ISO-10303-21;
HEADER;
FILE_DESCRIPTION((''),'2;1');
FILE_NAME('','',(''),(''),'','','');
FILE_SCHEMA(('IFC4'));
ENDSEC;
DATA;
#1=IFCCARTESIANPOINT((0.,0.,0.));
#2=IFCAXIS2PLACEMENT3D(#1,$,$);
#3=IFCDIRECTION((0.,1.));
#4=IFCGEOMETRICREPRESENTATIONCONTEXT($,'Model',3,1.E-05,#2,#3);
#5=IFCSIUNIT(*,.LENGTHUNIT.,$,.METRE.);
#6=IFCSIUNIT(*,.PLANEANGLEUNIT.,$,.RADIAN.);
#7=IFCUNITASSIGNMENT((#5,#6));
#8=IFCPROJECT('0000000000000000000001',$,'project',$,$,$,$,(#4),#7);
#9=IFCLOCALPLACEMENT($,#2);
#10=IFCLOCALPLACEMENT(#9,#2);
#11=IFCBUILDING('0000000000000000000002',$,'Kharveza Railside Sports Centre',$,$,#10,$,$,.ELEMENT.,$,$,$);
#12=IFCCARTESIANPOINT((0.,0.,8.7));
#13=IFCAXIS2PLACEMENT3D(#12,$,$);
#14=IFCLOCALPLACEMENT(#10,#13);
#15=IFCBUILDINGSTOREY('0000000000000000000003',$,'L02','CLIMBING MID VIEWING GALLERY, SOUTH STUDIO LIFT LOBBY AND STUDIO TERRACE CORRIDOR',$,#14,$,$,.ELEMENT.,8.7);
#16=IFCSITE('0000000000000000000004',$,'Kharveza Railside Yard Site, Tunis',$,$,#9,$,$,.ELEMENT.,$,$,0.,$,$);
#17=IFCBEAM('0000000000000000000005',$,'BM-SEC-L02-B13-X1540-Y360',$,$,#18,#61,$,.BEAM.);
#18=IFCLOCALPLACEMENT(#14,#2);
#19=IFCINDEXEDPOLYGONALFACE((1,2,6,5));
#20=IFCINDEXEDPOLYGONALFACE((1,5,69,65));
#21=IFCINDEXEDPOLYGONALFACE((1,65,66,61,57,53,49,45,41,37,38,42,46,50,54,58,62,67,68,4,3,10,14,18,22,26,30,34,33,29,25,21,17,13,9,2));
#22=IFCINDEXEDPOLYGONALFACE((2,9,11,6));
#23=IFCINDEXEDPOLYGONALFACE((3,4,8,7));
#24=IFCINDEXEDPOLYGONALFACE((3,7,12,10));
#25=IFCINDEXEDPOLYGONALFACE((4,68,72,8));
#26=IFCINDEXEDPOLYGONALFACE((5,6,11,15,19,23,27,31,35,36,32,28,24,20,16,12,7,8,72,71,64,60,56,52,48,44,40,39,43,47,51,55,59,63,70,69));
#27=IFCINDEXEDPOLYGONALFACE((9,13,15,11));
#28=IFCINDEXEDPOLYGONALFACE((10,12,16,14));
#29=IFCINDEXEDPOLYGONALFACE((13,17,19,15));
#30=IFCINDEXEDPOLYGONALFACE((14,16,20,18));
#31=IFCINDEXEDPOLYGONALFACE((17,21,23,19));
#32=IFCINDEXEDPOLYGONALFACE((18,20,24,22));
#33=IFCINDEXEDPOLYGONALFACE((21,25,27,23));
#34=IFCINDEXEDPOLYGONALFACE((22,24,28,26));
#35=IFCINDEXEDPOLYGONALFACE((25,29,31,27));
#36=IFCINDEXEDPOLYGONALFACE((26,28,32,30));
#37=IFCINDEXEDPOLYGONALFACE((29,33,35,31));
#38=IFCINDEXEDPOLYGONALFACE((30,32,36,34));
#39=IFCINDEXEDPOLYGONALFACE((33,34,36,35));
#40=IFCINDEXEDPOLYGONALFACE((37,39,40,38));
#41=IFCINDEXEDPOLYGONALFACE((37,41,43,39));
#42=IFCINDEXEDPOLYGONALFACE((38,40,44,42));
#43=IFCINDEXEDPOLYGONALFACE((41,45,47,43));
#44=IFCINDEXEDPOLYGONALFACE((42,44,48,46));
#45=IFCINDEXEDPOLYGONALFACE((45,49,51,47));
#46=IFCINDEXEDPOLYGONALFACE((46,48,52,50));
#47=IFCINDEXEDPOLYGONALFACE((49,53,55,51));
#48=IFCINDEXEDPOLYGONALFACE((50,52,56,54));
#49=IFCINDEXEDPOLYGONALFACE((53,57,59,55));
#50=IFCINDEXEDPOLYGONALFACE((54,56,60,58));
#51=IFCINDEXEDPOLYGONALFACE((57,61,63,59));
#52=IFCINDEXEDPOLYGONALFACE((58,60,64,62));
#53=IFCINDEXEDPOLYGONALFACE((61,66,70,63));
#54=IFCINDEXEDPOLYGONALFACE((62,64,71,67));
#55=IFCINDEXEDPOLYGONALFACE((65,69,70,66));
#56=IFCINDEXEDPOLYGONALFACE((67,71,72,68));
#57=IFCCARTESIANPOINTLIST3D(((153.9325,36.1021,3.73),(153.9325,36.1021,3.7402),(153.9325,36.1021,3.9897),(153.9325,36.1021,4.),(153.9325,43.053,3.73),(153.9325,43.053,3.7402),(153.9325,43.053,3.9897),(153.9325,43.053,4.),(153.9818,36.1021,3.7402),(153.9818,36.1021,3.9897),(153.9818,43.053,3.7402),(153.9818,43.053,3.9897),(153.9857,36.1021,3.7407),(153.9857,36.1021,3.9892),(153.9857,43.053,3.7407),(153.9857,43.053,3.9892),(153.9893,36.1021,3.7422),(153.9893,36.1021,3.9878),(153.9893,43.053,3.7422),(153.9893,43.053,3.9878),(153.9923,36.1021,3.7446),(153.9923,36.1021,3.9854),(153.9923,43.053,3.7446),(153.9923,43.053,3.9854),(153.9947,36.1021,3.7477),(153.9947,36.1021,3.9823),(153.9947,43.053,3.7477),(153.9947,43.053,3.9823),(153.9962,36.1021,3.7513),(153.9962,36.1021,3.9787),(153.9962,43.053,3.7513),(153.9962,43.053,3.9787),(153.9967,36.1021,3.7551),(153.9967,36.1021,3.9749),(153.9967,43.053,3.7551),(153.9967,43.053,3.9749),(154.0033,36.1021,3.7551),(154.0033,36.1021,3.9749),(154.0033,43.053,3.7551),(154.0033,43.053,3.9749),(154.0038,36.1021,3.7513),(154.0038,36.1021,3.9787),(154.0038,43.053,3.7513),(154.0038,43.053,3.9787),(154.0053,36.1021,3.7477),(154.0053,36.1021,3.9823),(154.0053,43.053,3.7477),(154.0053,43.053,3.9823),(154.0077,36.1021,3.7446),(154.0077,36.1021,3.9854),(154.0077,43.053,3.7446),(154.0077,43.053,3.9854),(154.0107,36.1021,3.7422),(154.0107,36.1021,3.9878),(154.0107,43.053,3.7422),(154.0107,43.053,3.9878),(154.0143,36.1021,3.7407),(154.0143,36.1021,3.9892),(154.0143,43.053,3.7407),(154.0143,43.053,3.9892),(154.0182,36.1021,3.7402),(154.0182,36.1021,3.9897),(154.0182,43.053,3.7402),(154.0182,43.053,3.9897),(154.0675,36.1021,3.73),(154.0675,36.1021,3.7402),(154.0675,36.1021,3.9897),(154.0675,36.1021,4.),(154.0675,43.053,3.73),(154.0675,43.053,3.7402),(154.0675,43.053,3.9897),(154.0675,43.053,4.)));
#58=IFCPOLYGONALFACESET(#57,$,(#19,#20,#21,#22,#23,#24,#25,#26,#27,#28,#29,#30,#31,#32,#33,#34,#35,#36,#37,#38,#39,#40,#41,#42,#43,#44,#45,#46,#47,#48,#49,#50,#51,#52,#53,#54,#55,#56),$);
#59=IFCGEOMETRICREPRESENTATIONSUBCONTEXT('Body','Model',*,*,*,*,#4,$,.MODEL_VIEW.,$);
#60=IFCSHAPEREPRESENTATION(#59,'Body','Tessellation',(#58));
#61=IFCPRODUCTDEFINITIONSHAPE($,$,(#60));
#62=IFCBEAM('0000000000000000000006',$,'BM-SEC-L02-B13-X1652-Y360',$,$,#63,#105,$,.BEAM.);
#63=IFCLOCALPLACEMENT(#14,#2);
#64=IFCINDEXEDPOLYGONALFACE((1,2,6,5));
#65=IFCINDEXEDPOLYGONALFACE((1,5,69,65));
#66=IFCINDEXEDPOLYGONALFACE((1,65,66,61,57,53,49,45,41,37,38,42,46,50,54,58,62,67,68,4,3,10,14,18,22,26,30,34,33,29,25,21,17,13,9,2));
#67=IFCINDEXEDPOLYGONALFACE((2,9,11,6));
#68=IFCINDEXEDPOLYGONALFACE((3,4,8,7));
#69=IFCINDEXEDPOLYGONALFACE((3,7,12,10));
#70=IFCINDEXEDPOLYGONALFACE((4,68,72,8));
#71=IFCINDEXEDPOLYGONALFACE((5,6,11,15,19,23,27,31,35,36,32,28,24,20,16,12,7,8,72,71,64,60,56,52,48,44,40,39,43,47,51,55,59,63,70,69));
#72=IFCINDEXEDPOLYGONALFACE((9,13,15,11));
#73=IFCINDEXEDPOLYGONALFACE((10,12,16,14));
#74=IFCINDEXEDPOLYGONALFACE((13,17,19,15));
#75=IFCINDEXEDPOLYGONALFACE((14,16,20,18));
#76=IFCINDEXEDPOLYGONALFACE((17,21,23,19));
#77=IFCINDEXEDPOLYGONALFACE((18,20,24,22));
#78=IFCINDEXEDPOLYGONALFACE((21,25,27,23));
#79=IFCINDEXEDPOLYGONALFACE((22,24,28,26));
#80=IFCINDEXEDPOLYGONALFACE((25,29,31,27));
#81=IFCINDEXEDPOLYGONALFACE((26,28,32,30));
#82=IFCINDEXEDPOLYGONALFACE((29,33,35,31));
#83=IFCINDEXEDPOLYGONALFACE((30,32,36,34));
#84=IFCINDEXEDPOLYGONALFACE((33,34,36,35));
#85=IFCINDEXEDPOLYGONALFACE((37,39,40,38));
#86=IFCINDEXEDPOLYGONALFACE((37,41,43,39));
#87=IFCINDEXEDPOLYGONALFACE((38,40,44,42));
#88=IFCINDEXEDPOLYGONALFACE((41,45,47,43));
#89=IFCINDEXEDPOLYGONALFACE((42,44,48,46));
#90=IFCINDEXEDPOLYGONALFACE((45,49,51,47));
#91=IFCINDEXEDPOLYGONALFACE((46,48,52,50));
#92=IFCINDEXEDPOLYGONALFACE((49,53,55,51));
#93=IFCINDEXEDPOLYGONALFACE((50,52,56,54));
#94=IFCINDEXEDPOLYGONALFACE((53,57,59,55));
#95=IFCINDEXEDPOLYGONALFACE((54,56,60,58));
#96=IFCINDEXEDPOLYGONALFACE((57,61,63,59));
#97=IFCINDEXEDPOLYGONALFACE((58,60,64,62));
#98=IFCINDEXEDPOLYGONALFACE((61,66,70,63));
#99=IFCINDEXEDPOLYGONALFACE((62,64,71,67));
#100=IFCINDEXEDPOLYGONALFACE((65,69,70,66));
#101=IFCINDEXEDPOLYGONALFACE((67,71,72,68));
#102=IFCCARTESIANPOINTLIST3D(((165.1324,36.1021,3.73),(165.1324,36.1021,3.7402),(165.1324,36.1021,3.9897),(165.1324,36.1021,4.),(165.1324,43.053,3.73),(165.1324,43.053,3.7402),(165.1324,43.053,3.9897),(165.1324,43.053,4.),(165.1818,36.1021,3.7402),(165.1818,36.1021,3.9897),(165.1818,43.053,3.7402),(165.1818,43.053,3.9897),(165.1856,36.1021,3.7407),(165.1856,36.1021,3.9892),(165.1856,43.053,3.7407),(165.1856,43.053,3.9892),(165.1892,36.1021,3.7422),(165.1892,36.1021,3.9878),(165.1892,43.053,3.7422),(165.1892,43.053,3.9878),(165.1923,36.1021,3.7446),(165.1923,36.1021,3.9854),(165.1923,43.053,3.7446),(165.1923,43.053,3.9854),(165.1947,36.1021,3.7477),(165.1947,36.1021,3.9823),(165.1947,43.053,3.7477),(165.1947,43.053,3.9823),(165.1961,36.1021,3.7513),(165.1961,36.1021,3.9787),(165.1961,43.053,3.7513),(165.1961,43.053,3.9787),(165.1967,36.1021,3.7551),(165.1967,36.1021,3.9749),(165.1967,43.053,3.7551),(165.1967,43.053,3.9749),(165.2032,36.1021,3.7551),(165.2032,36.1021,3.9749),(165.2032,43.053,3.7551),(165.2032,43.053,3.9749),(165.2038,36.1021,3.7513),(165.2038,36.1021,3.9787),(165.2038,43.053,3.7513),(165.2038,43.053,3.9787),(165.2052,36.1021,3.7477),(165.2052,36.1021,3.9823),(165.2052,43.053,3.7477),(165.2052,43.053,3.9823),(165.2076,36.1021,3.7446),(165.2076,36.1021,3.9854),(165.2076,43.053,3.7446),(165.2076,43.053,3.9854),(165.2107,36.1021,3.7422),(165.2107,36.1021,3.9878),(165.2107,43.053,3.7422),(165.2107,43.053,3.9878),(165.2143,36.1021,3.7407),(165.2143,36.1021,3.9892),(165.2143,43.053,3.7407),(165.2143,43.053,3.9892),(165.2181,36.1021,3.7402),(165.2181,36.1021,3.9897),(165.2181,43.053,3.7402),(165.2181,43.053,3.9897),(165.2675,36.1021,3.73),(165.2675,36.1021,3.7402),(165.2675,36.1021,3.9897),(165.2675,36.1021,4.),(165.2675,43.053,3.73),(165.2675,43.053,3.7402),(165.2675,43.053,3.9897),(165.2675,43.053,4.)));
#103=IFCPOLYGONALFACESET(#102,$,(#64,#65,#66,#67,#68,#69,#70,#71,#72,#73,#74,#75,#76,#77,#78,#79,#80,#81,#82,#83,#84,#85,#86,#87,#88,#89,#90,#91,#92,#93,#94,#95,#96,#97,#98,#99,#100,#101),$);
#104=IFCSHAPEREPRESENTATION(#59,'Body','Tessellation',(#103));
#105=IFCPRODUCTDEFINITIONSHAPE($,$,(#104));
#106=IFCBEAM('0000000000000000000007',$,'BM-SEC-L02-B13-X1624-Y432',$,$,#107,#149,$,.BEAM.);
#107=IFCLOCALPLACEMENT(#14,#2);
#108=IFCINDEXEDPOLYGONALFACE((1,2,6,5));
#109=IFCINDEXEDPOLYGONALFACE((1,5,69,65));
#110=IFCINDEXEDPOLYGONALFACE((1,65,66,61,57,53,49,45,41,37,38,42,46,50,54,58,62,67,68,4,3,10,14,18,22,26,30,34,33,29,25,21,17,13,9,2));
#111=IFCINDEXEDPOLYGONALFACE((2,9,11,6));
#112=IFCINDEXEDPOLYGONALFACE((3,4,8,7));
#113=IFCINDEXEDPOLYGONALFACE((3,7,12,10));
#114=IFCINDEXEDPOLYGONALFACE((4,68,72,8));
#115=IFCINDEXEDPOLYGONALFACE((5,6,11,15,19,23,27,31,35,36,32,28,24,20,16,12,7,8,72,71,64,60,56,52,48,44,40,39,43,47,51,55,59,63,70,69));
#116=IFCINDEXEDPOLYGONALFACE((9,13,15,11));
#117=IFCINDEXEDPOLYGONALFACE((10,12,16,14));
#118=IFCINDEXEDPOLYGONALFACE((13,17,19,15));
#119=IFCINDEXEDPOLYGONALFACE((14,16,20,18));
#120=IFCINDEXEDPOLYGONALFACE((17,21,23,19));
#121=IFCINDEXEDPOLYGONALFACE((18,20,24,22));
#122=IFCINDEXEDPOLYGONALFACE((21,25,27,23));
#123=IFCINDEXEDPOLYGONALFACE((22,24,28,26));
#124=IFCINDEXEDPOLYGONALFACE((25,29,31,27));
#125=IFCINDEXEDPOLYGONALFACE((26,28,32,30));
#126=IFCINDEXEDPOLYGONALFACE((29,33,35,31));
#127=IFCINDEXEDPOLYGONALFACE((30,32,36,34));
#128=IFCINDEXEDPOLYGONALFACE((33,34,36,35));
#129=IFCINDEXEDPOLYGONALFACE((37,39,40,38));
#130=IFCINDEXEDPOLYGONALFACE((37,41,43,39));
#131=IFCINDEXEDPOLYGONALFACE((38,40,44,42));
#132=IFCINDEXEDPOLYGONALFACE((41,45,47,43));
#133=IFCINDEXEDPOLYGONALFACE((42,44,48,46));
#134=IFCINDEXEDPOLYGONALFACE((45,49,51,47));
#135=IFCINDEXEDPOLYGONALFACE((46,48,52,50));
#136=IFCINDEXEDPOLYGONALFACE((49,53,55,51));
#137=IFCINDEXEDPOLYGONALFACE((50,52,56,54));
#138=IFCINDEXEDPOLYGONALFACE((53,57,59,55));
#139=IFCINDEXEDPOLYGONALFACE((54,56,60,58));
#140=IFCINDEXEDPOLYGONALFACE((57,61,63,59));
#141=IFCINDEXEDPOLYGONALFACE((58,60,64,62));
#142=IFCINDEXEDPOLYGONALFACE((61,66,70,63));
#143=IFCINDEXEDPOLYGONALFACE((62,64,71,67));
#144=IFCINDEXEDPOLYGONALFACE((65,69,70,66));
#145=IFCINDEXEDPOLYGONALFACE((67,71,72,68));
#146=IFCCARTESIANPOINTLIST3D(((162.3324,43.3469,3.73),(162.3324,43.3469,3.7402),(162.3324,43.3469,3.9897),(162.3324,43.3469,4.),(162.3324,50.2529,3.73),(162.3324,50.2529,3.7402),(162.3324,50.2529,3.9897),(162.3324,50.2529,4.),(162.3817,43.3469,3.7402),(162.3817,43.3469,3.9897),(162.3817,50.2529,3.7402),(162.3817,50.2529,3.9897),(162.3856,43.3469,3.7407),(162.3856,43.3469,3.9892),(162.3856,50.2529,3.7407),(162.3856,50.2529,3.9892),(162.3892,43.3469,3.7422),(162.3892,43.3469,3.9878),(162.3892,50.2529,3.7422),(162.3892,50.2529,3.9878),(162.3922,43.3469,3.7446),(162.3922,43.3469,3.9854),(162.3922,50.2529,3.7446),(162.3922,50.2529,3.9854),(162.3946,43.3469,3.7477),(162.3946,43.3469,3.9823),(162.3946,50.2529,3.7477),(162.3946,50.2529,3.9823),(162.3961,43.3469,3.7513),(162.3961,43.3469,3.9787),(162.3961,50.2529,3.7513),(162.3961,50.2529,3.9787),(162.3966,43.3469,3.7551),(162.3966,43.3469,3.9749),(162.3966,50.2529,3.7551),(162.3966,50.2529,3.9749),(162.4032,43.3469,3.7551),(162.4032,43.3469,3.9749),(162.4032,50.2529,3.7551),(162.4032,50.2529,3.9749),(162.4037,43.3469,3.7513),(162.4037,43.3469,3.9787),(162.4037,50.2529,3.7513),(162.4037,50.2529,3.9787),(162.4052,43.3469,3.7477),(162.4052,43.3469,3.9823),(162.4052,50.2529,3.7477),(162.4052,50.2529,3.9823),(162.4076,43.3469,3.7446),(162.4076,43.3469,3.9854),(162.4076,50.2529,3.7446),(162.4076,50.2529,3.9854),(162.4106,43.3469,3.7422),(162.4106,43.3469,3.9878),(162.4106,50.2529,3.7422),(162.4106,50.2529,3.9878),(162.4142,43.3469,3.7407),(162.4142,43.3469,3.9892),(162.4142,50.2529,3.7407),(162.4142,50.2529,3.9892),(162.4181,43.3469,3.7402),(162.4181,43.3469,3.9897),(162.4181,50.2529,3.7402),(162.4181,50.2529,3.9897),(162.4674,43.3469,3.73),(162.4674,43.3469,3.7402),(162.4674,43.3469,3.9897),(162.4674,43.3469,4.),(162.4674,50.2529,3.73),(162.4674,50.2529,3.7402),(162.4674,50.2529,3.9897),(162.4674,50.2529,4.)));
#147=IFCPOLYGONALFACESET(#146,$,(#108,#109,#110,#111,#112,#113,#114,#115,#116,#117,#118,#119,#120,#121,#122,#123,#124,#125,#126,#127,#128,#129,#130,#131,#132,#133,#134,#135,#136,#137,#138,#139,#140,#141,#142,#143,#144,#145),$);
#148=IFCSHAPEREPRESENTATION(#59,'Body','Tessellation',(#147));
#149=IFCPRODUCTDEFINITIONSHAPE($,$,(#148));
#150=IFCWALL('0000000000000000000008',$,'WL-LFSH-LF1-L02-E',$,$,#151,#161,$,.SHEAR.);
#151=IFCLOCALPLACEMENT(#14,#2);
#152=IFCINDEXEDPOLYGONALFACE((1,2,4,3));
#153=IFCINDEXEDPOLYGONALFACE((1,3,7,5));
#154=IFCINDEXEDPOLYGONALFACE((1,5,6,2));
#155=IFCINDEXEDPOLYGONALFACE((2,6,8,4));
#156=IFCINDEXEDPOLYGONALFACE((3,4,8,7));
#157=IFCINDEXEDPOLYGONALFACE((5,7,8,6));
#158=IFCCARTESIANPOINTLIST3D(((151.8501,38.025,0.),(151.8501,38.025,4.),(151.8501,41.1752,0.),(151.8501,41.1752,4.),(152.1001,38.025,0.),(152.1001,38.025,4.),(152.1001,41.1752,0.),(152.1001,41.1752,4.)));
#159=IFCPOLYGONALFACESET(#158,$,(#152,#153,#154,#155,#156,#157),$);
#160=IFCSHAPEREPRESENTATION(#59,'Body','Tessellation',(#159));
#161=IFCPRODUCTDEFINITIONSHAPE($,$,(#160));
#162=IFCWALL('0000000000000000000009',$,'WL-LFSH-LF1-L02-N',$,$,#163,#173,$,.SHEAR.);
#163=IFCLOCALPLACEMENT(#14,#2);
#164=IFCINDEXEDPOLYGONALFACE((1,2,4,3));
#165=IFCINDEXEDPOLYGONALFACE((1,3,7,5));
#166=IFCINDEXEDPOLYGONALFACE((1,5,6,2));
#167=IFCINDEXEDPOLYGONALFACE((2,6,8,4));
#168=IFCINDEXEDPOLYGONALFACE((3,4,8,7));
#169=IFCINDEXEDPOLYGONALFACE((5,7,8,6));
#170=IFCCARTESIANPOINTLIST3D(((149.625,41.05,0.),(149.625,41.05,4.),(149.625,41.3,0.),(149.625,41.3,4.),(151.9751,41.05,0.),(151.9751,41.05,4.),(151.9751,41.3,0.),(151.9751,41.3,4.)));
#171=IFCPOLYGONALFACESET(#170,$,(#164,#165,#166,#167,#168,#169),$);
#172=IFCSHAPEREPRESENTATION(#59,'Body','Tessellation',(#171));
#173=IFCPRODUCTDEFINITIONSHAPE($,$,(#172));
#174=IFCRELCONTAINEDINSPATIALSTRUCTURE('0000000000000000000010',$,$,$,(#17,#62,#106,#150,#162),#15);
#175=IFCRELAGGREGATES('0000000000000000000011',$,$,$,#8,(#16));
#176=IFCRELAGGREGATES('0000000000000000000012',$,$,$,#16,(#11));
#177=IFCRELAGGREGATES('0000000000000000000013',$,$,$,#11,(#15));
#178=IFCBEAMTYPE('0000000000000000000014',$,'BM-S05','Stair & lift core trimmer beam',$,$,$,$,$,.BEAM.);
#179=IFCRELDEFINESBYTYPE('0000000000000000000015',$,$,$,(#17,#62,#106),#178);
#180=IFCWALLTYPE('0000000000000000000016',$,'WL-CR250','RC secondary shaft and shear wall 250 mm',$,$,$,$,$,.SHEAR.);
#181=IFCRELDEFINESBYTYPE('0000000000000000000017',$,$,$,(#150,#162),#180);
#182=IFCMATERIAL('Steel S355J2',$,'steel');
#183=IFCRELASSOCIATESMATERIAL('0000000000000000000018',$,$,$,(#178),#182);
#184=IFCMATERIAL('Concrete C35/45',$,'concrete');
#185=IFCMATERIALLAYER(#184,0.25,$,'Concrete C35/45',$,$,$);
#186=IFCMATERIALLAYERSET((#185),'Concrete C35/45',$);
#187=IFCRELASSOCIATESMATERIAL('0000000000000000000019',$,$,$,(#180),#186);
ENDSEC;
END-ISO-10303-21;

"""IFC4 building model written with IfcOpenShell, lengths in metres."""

from ifc_helpers import new_model, si_unit, direction, frame, frame_2d, origin, origin_2d, place, context, subcontext, project, spatial, rectangle, i_section, extrude, material, layer, layer_set, material_profile, profile_set, type_object, element, save


model = new_model("IFC4")

# Units and contexts
model_context = context("Model", 3, precision=1e-05, world=origin(), true_north=direction((0.0, 1.0)))
body_context = subcontext(model_context, "Body", "Model", "MODEL_VIEW")
ifc_project = project(units=[si_unit("LENGTHUNIT", "METRE"), si_unit("PLANEANGLEUNIT", "RADIAN")], contexts=[model_context])

# Site, building, storey
site_placement = place(None, origin())
site = spatial("IfcSite", under=ifc_project, at=site_placement, Name="Kharveza Railside Yard Site, Tunis", CompositionType="ELEMENT", RefElevation=0.0)
building_placement = place(site_placement, origin())
building = spatial("IfcBuilding", under=site, at=building_placement, Name="Kharveza Railside Sports Centre", CompositionType="ELEMENT")
storey_placement = place(building_placement, frame((0.0, 0.0, 8.7)))
storey = spatial("IfcBuildingStorey", under=building, at=storey_placement, Name="L02", Description="CLIMBING MID VIEWING GALLERY, SOUTH STUDIO LIFT LOBBY AND STUDIO TERRACE CORRIDOR", CompositionType="ELEMENT", Elevation=8.7)

# Shared definitions
ifc_material_1 = material(Name="Steel S355J2", Category="steel")

# Beams
ifc_material_profile_1 = material_profile(ifc_material_1, i_section(OverallWidth=0.135, OverallDepth=0.27, WebThickness=0.0066, FlangeThickness=0.0103, FilletRadius=0.0149, at=origin_2d()), Name="IPE 270")
ifc_profile_set_1 = profile_set([ifc_material_profile_1], Name="Steel S355J2")
beam_type_1 = type_object("IfcBeamType", Name="BM-S05", Description="Stair & lift core trimmer beam", PredefinedType="BEAM", material=ifc_profile_set_1)
for number, where, z_axis, x_axis, name in (
    (1, (154.0, 36.1021, 3.865), (0.0, 1.0, 0.0), (-1.0, 0.0, 0.0), "BM-SEC-L02-B13-X1540-Y360"),
    (2, (165.2, 36.1021, 3.865), (0.0, 1.0, 0.0), (-1.0, 0.0, 0.0), "BM-SEC-L02-B13-X1652-Y360"),
):
    element("IfcBeam", number, at=place(storey_placement, frame(where, z_axis=z_axis, x_axis=x_axis)), inside=storey, type_object=beam_type_1, Name=name, PredefinedType="BEAM", context=body_context, shape_type="SweptSolid", body=[
        extrude(i_section(OverallWidth=0.135, OverallDepth=0.27, WebThickness=0.0066, FlangeThickness=0.0103, FilletRadius=0.0149, at=origin_2d()), origin(), (0.0, 0.0, 1.0), 6.9509),
    ])
beam_1_placement = place(storey_placement, frame((162.3999, 43.3469, 3.865), z_axis=(0.0, 1.0, 0.0), x_axis=(-1.0, 0.0, 0.0)))
element("IfcBeam", 3, at=beam_1_placement, inside=storey, type_object=beam_type_1, Name="BM-SEC-L02-B13-X1624-Y432", PredefinedType="BEAM", context=body_context, shape_type="SweptSolid", body=[
    extrude(i_section(OverallWidth=0.135, OverallDepth=0.27, WebThickness=0.0066, FlangeThickness=0.0103, FilletRadius=0.0149, at=origin_2d()), origin(), (0.0, 0.0, 1.0), 6.906),
])

# Walls
ifc_material_2 = material(Name="Concrete C35/45", Category="concrete")
ifc_layer_1 = layer(ifc_material_2, 0.25, Name="Concrete C35/45")
ifc_layer_set_1 = layer_set([ifc_layer_1], Name="Concrete C35/45")
wall_type_1 = type_object("IfcWallType", Name="WL-CR250", Description="RC secondary shaft and shear wall 250 mm", PredefinedType="SHEAR", material=ifc_layer_set_1)
wall_1_placement = place(storey_placement, frame((151.9751, 38.0249, 0.0), z_axis=(0.0, 0.0, 1.0), x_axis=(0.0, 1.0, 0.0)))
element("IfcWall", 4, at=wall_1_placement, inside=storey, type_object=wall_type_1, Name="WL-LFSH-LF1-L02-E", PredefinedType="SHEAR", context=body_context, shape_type="SweptSolid", body=[
    extrude(rectangle(XDim=3.1501, YDim=0.25, at=frame_2d((1.5752, 0.0))), origin(), (0.0, 0.0, 1.0), 4.0),
])
wall_2_placement = place(storey_placement, frame((151.9751, 41.175, 0.0), z_axis=(0.0, 0.0, 1.0), x_axis=(-1.0, 0.0, 0.0)))
element("IfcWall", 5, at=wall_2_placement, inside=storey, type_object=wall_type_1, Name="WL-LFSH-LF1-L02-N", PredefinedType="SHEAR", context=body_context, shape_type="SweptSolid", body=[
    extrude(rectangle(XDim=2.3501, YDim=0.25, at=frame_2d((1.175, 0.0))), origin(), (0.0, 0.0, 1.0), 4.0),
])

save(model, "model.ifc")
